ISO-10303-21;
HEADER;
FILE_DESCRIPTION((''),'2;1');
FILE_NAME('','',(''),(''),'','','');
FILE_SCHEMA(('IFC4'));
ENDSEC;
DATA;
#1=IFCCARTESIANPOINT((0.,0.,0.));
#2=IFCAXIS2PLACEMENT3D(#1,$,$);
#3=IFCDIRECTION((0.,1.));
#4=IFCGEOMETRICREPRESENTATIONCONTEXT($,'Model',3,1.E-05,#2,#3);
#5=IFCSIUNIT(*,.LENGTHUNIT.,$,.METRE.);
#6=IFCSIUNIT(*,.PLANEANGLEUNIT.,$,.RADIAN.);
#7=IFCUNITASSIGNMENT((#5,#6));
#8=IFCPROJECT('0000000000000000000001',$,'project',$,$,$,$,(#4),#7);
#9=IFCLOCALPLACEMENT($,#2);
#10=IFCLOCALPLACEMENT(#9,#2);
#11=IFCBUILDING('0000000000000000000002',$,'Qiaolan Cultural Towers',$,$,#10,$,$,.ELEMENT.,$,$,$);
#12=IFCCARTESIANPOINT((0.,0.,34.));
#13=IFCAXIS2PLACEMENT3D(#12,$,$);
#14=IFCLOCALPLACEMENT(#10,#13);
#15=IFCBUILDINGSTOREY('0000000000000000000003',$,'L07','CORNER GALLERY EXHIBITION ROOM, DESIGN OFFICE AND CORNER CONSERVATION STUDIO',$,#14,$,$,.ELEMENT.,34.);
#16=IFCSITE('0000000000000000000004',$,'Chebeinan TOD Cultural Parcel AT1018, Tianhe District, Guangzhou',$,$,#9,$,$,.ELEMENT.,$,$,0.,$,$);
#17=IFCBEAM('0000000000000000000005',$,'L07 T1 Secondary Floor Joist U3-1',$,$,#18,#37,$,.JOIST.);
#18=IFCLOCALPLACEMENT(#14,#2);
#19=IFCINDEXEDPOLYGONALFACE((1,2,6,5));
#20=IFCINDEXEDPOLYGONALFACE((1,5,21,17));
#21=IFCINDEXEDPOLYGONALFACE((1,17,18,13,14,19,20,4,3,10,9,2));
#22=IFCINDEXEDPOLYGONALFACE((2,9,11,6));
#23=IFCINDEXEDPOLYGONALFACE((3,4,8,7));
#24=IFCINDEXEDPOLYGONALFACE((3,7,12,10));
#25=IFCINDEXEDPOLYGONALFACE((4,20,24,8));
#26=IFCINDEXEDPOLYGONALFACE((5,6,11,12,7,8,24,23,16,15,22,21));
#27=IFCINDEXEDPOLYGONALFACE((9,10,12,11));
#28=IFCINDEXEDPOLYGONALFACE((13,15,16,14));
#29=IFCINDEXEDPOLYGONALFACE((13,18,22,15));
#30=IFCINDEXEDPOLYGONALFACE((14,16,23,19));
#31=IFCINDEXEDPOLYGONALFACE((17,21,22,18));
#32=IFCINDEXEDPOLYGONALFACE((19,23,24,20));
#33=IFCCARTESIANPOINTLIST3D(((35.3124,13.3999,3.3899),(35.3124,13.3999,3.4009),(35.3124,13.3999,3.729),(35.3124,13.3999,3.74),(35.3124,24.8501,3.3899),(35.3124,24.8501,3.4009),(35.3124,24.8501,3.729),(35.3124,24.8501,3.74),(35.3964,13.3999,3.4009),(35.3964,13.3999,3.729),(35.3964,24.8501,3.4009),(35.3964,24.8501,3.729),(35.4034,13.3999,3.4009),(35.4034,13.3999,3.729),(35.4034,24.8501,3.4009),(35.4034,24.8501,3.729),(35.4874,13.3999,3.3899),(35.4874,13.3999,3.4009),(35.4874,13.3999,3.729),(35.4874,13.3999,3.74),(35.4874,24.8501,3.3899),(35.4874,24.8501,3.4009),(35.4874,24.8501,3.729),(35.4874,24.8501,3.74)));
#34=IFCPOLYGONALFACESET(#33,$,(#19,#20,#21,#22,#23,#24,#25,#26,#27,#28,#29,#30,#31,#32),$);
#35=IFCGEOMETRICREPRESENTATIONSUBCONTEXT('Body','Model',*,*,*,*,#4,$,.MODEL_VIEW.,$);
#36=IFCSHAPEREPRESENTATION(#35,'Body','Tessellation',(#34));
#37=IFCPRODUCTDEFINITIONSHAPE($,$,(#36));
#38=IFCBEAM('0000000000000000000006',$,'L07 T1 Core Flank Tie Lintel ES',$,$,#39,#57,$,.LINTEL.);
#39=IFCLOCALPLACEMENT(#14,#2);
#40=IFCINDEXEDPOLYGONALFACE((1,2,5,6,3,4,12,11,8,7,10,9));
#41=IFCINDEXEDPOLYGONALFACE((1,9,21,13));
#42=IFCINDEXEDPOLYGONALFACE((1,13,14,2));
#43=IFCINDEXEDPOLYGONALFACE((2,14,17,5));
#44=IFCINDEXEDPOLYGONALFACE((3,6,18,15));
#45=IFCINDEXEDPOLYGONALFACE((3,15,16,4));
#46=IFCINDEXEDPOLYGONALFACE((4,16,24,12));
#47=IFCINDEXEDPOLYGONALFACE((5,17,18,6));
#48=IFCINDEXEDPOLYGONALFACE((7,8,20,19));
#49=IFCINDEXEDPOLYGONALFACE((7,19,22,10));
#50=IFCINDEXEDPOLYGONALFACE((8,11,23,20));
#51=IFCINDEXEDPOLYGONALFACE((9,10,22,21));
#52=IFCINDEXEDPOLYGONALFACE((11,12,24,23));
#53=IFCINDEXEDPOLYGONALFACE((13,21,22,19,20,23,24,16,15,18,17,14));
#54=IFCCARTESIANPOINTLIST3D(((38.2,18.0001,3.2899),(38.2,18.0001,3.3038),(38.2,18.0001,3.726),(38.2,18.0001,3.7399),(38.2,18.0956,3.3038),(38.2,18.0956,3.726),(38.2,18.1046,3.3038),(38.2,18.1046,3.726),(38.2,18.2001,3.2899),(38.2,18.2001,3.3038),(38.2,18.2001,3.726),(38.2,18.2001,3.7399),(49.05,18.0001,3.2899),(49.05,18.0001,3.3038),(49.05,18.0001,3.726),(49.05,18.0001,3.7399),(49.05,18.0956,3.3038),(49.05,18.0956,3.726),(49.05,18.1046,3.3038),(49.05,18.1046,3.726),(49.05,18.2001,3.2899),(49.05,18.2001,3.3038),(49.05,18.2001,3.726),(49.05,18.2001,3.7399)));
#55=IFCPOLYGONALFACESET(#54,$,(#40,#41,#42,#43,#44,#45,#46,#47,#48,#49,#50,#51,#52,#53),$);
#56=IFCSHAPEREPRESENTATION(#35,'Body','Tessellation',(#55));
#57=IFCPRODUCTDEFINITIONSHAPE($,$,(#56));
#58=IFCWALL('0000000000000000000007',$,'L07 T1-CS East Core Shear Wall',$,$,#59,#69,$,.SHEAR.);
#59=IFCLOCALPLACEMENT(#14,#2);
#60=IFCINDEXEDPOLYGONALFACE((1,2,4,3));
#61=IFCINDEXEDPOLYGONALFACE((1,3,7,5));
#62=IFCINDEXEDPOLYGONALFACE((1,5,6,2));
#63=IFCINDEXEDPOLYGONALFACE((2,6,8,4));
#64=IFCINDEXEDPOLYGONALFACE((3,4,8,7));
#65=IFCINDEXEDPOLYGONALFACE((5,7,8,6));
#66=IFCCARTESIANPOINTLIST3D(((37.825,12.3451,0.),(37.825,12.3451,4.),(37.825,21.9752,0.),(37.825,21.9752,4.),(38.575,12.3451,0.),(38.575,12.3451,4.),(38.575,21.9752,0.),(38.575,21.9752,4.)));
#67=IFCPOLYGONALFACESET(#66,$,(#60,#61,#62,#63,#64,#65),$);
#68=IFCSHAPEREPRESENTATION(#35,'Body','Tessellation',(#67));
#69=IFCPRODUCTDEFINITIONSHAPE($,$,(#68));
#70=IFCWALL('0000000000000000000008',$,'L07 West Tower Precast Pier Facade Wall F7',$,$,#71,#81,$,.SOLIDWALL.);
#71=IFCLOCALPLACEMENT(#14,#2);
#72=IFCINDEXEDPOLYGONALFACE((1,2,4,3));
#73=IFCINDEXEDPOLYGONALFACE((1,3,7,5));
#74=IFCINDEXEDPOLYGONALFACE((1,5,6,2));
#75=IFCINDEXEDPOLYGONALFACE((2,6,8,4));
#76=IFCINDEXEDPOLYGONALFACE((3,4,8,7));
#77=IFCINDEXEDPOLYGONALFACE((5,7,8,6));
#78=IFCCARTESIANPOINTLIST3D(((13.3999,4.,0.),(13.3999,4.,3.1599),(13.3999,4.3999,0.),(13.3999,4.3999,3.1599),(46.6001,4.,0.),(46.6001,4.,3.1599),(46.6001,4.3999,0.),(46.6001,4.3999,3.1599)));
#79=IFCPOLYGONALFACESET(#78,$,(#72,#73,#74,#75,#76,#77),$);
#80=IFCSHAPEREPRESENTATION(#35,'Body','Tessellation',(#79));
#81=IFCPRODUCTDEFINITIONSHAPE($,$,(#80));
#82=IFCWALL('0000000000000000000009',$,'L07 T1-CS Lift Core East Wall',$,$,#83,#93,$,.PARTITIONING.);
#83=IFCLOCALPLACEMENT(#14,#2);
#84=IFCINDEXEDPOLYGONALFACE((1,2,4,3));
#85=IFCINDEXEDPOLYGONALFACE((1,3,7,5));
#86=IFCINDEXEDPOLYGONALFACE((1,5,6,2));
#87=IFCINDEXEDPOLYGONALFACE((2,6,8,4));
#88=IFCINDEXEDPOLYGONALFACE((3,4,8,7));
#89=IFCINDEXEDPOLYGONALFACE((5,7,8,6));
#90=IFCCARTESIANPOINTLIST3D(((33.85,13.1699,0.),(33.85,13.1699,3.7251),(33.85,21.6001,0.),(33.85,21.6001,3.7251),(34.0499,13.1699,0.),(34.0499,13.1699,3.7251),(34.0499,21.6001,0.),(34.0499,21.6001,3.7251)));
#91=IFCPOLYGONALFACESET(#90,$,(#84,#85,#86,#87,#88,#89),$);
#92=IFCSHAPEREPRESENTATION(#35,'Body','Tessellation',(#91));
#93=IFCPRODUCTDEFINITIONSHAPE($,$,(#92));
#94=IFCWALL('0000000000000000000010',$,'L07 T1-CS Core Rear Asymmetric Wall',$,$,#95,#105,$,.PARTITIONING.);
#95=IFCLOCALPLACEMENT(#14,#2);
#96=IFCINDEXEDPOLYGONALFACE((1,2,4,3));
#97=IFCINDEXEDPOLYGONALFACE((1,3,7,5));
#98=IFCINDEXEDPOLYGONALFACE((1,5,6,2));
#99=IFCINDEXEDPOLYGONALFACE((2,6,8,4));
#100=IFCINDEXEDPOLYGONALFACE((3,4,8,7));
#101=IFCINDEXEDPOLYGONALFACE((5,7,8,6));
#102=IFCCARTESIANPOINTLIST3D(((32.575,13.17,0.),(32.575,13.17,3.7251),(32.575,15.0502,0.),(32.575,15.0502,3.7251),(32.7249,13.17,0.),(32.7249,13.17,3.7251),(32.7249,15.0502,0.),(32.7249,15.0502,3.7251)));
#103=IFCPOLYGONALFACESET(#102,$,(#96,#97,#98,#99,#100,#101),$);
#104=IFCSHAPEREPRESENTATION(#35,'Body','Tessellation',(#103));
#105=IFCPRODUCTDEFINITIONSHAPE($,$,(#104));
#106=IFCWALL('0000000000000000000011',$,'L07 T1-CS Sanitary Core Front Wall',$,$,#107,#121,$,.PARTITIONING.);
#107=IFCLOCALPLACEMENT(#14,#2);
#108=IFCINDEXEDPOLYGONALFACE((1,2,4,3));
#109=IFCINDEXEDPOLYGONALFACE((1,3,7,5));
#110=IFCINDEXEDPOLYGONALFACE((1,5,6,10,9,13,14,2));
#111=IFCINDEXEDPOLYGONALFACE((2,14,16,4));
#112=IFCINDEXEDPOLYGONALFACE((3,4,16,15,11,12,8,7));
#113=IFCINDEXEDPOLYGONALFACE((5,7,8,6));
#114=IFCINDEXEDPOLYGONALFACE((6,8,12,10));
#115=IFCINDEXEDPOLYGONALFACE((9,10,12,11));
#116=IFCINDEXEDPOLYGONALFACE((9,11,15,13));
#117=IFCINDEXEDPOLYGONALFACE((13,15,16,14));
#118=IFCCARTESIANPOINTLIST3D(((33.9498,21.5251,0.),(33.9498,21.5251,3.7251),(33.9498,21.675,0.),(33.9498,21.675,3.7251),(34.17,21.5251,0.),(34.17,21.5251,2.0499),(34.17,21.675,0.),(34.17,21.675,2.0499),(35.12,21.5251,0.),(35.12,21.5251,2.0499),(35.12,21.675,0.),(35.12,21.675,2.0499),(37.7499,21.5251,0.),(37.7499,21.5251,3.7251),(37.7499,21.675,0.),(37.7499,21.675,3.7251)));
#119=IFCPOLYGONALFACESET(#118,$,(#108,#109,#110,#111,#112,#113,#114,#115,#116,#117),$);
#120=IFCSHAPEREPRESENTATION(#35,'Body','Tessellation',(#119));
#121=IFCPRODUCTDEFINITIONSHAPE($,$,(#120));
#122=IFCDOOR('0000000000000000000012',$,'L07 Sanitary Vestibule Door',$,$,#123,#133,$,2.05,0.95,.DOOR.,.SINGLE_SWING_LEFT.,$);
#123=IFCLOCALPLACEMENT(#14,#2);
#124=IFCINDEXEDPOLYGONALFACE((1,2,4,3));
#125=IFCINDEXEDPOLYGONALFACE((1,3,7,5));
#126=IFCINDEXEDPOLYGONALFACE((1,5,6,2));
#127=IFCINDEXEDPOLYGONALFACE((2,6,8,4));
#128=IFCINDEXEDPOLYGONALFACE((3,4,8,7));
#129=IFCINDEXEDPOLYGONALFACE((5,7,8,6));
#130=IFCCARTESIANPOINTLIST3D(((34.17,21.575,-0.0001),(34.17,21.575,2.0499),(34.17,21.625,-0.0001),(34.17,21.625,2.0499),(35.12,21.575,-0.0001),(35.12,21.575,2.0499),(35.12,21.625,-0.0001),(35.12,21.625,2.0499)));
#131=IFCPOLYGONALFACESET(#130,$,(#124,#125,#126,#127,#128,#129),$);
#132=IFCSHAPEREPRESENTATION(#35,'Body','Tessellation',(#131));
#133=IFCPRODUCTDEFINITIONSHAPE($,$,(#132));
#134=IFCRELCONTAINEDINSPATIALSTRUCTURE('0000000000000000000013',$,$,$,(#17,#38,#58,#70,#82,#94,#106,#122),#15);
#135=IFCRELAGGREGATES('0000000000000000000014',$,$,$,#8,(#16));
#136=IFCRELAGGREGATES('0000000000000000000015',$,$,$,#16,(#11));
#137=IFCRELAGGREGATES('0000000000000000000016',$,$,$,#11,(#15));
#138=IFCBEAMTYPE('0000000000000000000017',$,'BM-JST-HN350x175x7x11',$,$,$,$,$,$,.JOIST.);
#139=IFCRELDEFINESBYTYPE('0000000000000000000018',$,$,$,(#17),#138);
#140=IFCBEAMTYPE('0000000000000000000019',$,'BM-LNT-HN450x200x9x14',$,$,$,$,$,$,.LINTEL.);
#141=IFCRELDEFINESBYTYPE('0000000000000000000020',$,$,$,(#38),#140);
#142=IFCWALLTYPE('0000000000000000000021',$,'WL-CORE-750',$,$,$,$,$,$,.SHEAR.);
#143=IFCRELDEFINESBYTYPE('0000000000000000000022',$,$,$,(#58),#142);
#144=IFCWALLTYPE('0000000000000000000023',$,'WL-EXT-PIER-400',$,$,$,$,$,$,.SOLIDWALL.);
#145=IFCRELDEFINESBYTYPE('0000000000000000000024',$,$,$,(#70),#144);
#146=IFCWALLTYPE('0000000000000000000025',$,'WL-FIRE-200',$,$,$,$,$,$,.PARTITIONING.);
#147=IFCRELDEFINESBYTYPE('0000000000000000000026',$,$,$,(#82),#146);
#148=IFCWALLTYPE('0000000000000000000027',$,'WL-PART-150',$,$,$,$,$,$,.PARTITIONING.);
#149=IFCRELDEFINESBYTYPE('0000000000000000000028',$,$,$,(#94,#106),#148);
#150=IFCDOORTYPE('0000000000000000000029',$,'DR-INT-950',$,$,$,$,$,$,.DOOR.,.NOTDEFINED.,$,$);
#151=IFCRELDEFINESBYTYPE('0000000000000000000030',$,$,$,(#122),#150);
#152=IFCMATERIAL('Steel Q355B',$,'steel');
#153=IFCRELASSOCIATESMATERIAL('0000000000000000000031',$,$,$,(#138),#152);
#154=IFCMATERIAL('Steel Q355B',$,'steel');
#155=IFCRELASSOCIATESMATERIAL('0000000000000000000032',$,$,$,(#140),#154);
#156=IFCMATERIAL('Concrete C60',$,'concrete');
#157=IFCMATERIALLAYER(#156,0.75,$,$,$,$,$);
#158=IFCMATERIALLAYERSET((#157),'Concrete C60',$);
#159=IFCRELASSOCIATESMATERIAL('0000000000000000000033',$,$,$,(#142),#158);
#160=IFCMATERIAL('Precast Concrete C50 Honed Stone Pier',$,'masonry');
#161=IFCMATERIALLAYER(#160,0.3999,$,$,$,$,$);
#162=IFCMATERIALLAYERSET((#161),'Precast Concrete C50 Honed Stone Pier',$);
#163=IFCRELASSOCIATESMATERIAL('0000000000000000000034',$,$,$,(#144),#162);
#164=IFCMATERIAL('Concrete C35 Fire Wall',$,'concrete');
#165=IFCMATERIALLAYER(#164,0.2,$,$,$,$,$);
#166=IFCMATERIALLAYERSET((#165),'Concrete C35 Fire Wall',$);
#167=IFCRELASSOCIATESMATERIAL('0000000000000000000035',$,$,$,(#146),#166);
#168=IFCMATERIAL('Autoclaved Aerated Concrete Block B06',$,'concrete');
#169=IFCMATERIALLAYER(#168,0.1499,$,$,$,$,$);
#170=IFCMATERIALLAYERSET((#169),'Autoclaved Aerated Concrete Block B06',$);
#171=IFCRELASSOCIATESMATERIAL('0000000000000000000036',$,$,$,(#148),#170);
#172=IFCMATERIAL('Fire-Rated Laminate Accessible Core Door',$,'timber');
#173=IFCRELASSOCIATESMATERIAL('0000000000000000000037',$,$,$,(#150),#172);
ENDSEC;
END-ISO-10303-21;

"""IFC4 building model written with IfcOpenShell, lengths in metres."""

from ifc_helpers import new_model, si_unit, direction, frame, frame_2d, origin, origin_2d, place, context, subcontext, project, spatial, rectangle, i_section, extrude, material, layer, layer_set, material_profile, profile_set, type_object, element, fill, save


model = new_model("IFC4")

# Units and contexts
model_context = context("Model", 3, precision=1e-05, world=origin(), true_north=direction((0.0, 1.0)))
body_context = subcontext(model_context, "Body", "Model", "MODEL_VIEW")
ifc_project = project(units=[si_unit("LENGTHUNIT", "METRE"), si_unit("PLANEANGLEUNIT", "RADIAN")], contexts=[model_context])

# Site, building, storey
site_placement = place(None, origin())
site = spatial("IfcSite", under=ifc_project, at=site_placement, Name="Chebeinan TOD Cultural Parcel AT1018, Tianhe District, Guangzhou", CompositionType="ELEMENT", RefElevation=0.0)
building_placement = place(site_placement, origin())
building = spatial("IfcBuilding", under=site, at=building_placement, Name="Qiaolan Cultural Towers", CompositionType="ELEMENT")
storey_placement = place(building_placement, frame((0.0, 0.0, 34.0)))
storey = spatial("IfcBuildingStorey", under=building, at=storey_placement, Name="L07", Description="CORNER GALLERY EXHIBITION ROOM, DESIGN OFFICE AND CORNER CONSERVATION STUDIO", CompositionType="ELEMENT", Elevation=34.0)

# Beams
ifc_material_1 = material(Name="Steel Q355B", Category="steel")
ifc_material_profile_1 = material_profile(ifc_material_1, i_section(OverallWidth=0.175, OverallDepth=0.3501, WebThickness=0.0071, FlangeThickness=0.011, at=origin_2d()), Name="HN350x175x7x11")
ifc_profile_set_1 = profile_set([ifc_material_profile_1], Name="Steel Q355B")
beam_type_1 = type_object("IfcBeamType", Name="BM-JST-HN350x175x7x11", PredefinedType="JOIST", material=ifc_profile_set_1)
beam_1_placement = place(storey_placement, frame((35.3999, 13.3999, 3.5649), z_axis=(0.0, 1.0, 0.0), x_axis=(-1.0, 0.0, 0.0)))
element("IfcBeam", 1, at=beam_1_placement, inside=storey, type_object=beam_type_1, Name="L07 T1 Secondary Floor Joist U3-1", PredefinedType="JOIST", context=body_context, shape_type="SweptSolid", body=[
    extrude(i_section(OverallWidth=0.175, OverallDepth=0.3501, WebThickness=0.0071, FlangeThickness=0.011, at=origin_2d()), origin(), (0.0, 0.0, 1.0), 11.4502),
])
ifc_material_2 = material(Name="Steel Q355B", Category="steel")
ifc_material_profile_2 = material_profile(ifc_material_2, i_section(OverallWidth=0.2, OverallDepth=0.45, WebThickness=0.009, FlangeThickness=0.0139, at=origin_2d()), Name="HN450x200x9x14")
ifc_profile_set_2 = profile_set([ifc_material_profile_2], Name="Steel Q355B")
beam_type_2 = type_object("IfcBeamType", Name="BM-LNT-HN450x200x9x14", PredefinedType="LINTEL", material=ifc_profile_set_2)
beam_2_placement = place(storey_placement, frame((38.2, 18.1001, 3.5149), z_axis=(1.0, 0.0, 0.0), x_axis=(0.0, 1.0, 0.0)))
element("IfcBeam", 2, at=beam_2_placement, inside=storey, type_object=beam_type_2, Name="L07 T1 Core Flank Tie Lintel ES", PredefinedType="LINTEL", context=body_context, shape_type="SweptSolid", body=[
    extrude(i_section(OverallWidth=0.2, OverallDepth=0.45, WebThickness=0.009, FlangeThickness=0.0139, at=origin_2d()), origin(), (0.0, 0.0, 1.0), 10.8501),
])

# Walls
ifc_material_3 = material(Name="Concrete C60", Category="concrete")
ifc_layer_1 = layer(ifc_material_3, 0.75)
ifc_layer_set_1 = layer_set([ifc_layer_1], Name="Concrete C60")
wall_type_1 = type_object("IfcWallType", Name="WL-CORE-750", PredefinedType="SHEAR", material=ifc_layer_set_1)
wall_1_placement = place(storey_placement, frame((38.2, 21.9751, 0.0), z_axis=(0.0, 0.0, 1.0), x_axis=(0.0, -1.0, 0.0)))
element("IfcWall", 3, at=wall_1_placement, inside=storey, type_object=wall_type_1, Name="L07 T1-CS East Core Shear Wall", PredefinedType="SHEAR", context=body_context, shape_type="SweptSolid", body=[
    extrude(rectangle(XDim=9.6301, YDim=0.75, at=frame_2d((4.8149, 0.0))), origin(), (0.0, 0.0, 1.0), 4.0),
])
ifc_material_4 = material(Name="Precast Concrete C50 Honed Stone Pier", Category="masonry")
ifc_layer_2 = layer(ifc_material_4, 0.3999)
ifc_layer_set_2 = layer_set([ifc_layer_2], Name="Precast Concrete C50 Honed Stone Pier")
wall_type_2 = type_object("IfcWallType", Name="WL-EXT-PIER-400", PredefinedType="SOLIDWALL", material=ifc_layer_set_2)
wall_2_placement = place(storey_placement, frame((46.6001, 4.2, 0.0), z_axis=(0.0, 0.0, 1.0), x_axis=(-1.0, 0.0, 0.0)))
element("IfcWall", 4, at=wall_2_placement, inside=storey, type_object=wall_type_2, Name="L07 West Tower Precast Pier Facade Wall F7", PredefinedType="SOLIDWALL", context=body_context, shape_type="SweptSolid", body=[
    extrude(rectangle(XDim=33.2002, YDim=0.3999, at=frame_2d((16.6001, 0.0))), origin(), (0.0, 0.0, 1.0), 3.1599),
])
ifc_material_5 = material(Name="Concrete C35 Fire Wall", Category="concrete")
ifc_layer_3 = layer(ifc_material_5, 0.2)
ifc_layer_set_3 = layer_set([ifc_layer_3], Name="Concrete C35 Fire Wall")
wall_type_3 = type_object("IfcWallType", Name="WL-FIRE-200", PredefinedType="PARTITIONING", material=ifc_layer_set_3)
wall_3_placement = place(storey_placement, frame((33.95, 21.6001, 0.0), z_axis=(0.0, 0.0, 1.0), x_axis=(0.0, -1.0, 0.0)))
element("IfcWall", 5, at=wall_3_placement, inside=storey, type_object=wall_type_3, Name="L07 T1-CS Lift Core East Wall", PredefinedType="PARTITIONING", context=body_context, shape_type="SweptSolid", body=[
    extrude(rectangle(XDim=8.4302, YDim=0.2, at=frame_2d((4.2151, 0.0))), origin(), (0.0, 0.0, 1.0), 3.7251),
])
ifc_material_6 = material(Name="Autoclaved Aerated Concrete Block B06", Category="concrete")
ifc_layer_4 = layer(ifc_material_6, 0.1499)
ifc_layer_set_4 = layer_set([ifc_layer_4], Name="Autoclaved Aerated Concrete Block B06")
wall_type_4 = type_object("IfcWallType", Name="WL-PART-150", PredefinedType="PARTITIONING", material=ifc_layer_set_4)
wall_4_placement = place(storey_placement, frame((32.6499, 15.05, 0.0), z_axis=(0.0, 0.0, 1.0), x_axis=(0.0, -1.0, 0.0)))
element("IfcWall", 6, at=wall_4_placement, inside=storey, type_object=wall_type_4, Name="L07 T1-CS Core Rear Asymmetric Wall", PredefinedType="PARTITIONING", context=body_context, shape_type="SweptSolid", body=[
    extrude(rectangle(XDim=1.8801, YDim=0.1499, at=frame_2d((0.9399, 0.0))), origin(), (0.0, 0.0, 1.0), 3.7251),
])

# Wall, opening, door
wall_5_placement = place(storey_placement, frame((33.95, 21.6001, 0.0), z_axis=(0.0, 0.0, 1.0), x_axis=(1.0, 0.0, 0.0)))
wall_5 = element("IfcWall", 7, at=wall_5_placement, inside=storey, type_object=wall_type_4, Name="L07 T1-CS Sanitary Core Front Wall", PredefinedType="PARTITIONING", context=body_context, shape_type="SweptSolid", body=[
    extrude(rectangle(XDim=3.8, YDim=0.1499, at=frame_2d((1.8999, 0.0))), origin(), (0.0, 0.0, 1.0), 3.7251),
])
opening_1_placement = place(wall_5_placement, frame((0.22, 0.0, 0.0)))
opening_1 = element("IfcOpeningElement", 8, at=opening_1_placement, cuts=wall_5, PredefinedType="OPENING", context=body_context, shape_type="SweptSolid", body=[
    extrude(rectangle(XDim=0.95, YDim=2.05, at=frame_2d((0.4751, 1.0249))), frame((0.0, 0.085, 0.0), z_axis=(0.0, -1.0, 0.0), x_axis=(1.0, 0.0, 0.0)), (0.0, 0.0, 1.0), 0.1699),
])
ifc_material_7 = material(Name="Fire-Rated Laminate Accessible Core Door", Category="timber")
door_type_1 = type_object("IfcDoorType", Name="DR-INT-950", OperationType="NOTDEFINED", PredefinedType="DOOR", material=ifc_material_7)
door_1_placement = place(opening_1_placement, origin())
door_1 = element("IfcDoor", 9, at=door_1_placement, inside=storey, type_object=door_type_1, Name="L07 Sanitary Vestibule Door", OperationType="SINGLE_SWING_LEFT", OverallHeight=2.05, OverallWidth=0.95, PredefinedType="DOOR", context=body_context, shape_type="SweptSolid", body=[
    extrude(rectangle(XDim=0.95, YDim=2.05, at=frame_2d((0.4751, 1.0249))), frame((0.0, 0.0249, 0.0), z_axis=(0.0, -1.0, 0.0), x_axis=(1.0, 0.0, 0.0)), (0.0, 0.0, 1.0), 0.05),
])
fill(opening_1, door_1)

save(model, "model.ifc")
